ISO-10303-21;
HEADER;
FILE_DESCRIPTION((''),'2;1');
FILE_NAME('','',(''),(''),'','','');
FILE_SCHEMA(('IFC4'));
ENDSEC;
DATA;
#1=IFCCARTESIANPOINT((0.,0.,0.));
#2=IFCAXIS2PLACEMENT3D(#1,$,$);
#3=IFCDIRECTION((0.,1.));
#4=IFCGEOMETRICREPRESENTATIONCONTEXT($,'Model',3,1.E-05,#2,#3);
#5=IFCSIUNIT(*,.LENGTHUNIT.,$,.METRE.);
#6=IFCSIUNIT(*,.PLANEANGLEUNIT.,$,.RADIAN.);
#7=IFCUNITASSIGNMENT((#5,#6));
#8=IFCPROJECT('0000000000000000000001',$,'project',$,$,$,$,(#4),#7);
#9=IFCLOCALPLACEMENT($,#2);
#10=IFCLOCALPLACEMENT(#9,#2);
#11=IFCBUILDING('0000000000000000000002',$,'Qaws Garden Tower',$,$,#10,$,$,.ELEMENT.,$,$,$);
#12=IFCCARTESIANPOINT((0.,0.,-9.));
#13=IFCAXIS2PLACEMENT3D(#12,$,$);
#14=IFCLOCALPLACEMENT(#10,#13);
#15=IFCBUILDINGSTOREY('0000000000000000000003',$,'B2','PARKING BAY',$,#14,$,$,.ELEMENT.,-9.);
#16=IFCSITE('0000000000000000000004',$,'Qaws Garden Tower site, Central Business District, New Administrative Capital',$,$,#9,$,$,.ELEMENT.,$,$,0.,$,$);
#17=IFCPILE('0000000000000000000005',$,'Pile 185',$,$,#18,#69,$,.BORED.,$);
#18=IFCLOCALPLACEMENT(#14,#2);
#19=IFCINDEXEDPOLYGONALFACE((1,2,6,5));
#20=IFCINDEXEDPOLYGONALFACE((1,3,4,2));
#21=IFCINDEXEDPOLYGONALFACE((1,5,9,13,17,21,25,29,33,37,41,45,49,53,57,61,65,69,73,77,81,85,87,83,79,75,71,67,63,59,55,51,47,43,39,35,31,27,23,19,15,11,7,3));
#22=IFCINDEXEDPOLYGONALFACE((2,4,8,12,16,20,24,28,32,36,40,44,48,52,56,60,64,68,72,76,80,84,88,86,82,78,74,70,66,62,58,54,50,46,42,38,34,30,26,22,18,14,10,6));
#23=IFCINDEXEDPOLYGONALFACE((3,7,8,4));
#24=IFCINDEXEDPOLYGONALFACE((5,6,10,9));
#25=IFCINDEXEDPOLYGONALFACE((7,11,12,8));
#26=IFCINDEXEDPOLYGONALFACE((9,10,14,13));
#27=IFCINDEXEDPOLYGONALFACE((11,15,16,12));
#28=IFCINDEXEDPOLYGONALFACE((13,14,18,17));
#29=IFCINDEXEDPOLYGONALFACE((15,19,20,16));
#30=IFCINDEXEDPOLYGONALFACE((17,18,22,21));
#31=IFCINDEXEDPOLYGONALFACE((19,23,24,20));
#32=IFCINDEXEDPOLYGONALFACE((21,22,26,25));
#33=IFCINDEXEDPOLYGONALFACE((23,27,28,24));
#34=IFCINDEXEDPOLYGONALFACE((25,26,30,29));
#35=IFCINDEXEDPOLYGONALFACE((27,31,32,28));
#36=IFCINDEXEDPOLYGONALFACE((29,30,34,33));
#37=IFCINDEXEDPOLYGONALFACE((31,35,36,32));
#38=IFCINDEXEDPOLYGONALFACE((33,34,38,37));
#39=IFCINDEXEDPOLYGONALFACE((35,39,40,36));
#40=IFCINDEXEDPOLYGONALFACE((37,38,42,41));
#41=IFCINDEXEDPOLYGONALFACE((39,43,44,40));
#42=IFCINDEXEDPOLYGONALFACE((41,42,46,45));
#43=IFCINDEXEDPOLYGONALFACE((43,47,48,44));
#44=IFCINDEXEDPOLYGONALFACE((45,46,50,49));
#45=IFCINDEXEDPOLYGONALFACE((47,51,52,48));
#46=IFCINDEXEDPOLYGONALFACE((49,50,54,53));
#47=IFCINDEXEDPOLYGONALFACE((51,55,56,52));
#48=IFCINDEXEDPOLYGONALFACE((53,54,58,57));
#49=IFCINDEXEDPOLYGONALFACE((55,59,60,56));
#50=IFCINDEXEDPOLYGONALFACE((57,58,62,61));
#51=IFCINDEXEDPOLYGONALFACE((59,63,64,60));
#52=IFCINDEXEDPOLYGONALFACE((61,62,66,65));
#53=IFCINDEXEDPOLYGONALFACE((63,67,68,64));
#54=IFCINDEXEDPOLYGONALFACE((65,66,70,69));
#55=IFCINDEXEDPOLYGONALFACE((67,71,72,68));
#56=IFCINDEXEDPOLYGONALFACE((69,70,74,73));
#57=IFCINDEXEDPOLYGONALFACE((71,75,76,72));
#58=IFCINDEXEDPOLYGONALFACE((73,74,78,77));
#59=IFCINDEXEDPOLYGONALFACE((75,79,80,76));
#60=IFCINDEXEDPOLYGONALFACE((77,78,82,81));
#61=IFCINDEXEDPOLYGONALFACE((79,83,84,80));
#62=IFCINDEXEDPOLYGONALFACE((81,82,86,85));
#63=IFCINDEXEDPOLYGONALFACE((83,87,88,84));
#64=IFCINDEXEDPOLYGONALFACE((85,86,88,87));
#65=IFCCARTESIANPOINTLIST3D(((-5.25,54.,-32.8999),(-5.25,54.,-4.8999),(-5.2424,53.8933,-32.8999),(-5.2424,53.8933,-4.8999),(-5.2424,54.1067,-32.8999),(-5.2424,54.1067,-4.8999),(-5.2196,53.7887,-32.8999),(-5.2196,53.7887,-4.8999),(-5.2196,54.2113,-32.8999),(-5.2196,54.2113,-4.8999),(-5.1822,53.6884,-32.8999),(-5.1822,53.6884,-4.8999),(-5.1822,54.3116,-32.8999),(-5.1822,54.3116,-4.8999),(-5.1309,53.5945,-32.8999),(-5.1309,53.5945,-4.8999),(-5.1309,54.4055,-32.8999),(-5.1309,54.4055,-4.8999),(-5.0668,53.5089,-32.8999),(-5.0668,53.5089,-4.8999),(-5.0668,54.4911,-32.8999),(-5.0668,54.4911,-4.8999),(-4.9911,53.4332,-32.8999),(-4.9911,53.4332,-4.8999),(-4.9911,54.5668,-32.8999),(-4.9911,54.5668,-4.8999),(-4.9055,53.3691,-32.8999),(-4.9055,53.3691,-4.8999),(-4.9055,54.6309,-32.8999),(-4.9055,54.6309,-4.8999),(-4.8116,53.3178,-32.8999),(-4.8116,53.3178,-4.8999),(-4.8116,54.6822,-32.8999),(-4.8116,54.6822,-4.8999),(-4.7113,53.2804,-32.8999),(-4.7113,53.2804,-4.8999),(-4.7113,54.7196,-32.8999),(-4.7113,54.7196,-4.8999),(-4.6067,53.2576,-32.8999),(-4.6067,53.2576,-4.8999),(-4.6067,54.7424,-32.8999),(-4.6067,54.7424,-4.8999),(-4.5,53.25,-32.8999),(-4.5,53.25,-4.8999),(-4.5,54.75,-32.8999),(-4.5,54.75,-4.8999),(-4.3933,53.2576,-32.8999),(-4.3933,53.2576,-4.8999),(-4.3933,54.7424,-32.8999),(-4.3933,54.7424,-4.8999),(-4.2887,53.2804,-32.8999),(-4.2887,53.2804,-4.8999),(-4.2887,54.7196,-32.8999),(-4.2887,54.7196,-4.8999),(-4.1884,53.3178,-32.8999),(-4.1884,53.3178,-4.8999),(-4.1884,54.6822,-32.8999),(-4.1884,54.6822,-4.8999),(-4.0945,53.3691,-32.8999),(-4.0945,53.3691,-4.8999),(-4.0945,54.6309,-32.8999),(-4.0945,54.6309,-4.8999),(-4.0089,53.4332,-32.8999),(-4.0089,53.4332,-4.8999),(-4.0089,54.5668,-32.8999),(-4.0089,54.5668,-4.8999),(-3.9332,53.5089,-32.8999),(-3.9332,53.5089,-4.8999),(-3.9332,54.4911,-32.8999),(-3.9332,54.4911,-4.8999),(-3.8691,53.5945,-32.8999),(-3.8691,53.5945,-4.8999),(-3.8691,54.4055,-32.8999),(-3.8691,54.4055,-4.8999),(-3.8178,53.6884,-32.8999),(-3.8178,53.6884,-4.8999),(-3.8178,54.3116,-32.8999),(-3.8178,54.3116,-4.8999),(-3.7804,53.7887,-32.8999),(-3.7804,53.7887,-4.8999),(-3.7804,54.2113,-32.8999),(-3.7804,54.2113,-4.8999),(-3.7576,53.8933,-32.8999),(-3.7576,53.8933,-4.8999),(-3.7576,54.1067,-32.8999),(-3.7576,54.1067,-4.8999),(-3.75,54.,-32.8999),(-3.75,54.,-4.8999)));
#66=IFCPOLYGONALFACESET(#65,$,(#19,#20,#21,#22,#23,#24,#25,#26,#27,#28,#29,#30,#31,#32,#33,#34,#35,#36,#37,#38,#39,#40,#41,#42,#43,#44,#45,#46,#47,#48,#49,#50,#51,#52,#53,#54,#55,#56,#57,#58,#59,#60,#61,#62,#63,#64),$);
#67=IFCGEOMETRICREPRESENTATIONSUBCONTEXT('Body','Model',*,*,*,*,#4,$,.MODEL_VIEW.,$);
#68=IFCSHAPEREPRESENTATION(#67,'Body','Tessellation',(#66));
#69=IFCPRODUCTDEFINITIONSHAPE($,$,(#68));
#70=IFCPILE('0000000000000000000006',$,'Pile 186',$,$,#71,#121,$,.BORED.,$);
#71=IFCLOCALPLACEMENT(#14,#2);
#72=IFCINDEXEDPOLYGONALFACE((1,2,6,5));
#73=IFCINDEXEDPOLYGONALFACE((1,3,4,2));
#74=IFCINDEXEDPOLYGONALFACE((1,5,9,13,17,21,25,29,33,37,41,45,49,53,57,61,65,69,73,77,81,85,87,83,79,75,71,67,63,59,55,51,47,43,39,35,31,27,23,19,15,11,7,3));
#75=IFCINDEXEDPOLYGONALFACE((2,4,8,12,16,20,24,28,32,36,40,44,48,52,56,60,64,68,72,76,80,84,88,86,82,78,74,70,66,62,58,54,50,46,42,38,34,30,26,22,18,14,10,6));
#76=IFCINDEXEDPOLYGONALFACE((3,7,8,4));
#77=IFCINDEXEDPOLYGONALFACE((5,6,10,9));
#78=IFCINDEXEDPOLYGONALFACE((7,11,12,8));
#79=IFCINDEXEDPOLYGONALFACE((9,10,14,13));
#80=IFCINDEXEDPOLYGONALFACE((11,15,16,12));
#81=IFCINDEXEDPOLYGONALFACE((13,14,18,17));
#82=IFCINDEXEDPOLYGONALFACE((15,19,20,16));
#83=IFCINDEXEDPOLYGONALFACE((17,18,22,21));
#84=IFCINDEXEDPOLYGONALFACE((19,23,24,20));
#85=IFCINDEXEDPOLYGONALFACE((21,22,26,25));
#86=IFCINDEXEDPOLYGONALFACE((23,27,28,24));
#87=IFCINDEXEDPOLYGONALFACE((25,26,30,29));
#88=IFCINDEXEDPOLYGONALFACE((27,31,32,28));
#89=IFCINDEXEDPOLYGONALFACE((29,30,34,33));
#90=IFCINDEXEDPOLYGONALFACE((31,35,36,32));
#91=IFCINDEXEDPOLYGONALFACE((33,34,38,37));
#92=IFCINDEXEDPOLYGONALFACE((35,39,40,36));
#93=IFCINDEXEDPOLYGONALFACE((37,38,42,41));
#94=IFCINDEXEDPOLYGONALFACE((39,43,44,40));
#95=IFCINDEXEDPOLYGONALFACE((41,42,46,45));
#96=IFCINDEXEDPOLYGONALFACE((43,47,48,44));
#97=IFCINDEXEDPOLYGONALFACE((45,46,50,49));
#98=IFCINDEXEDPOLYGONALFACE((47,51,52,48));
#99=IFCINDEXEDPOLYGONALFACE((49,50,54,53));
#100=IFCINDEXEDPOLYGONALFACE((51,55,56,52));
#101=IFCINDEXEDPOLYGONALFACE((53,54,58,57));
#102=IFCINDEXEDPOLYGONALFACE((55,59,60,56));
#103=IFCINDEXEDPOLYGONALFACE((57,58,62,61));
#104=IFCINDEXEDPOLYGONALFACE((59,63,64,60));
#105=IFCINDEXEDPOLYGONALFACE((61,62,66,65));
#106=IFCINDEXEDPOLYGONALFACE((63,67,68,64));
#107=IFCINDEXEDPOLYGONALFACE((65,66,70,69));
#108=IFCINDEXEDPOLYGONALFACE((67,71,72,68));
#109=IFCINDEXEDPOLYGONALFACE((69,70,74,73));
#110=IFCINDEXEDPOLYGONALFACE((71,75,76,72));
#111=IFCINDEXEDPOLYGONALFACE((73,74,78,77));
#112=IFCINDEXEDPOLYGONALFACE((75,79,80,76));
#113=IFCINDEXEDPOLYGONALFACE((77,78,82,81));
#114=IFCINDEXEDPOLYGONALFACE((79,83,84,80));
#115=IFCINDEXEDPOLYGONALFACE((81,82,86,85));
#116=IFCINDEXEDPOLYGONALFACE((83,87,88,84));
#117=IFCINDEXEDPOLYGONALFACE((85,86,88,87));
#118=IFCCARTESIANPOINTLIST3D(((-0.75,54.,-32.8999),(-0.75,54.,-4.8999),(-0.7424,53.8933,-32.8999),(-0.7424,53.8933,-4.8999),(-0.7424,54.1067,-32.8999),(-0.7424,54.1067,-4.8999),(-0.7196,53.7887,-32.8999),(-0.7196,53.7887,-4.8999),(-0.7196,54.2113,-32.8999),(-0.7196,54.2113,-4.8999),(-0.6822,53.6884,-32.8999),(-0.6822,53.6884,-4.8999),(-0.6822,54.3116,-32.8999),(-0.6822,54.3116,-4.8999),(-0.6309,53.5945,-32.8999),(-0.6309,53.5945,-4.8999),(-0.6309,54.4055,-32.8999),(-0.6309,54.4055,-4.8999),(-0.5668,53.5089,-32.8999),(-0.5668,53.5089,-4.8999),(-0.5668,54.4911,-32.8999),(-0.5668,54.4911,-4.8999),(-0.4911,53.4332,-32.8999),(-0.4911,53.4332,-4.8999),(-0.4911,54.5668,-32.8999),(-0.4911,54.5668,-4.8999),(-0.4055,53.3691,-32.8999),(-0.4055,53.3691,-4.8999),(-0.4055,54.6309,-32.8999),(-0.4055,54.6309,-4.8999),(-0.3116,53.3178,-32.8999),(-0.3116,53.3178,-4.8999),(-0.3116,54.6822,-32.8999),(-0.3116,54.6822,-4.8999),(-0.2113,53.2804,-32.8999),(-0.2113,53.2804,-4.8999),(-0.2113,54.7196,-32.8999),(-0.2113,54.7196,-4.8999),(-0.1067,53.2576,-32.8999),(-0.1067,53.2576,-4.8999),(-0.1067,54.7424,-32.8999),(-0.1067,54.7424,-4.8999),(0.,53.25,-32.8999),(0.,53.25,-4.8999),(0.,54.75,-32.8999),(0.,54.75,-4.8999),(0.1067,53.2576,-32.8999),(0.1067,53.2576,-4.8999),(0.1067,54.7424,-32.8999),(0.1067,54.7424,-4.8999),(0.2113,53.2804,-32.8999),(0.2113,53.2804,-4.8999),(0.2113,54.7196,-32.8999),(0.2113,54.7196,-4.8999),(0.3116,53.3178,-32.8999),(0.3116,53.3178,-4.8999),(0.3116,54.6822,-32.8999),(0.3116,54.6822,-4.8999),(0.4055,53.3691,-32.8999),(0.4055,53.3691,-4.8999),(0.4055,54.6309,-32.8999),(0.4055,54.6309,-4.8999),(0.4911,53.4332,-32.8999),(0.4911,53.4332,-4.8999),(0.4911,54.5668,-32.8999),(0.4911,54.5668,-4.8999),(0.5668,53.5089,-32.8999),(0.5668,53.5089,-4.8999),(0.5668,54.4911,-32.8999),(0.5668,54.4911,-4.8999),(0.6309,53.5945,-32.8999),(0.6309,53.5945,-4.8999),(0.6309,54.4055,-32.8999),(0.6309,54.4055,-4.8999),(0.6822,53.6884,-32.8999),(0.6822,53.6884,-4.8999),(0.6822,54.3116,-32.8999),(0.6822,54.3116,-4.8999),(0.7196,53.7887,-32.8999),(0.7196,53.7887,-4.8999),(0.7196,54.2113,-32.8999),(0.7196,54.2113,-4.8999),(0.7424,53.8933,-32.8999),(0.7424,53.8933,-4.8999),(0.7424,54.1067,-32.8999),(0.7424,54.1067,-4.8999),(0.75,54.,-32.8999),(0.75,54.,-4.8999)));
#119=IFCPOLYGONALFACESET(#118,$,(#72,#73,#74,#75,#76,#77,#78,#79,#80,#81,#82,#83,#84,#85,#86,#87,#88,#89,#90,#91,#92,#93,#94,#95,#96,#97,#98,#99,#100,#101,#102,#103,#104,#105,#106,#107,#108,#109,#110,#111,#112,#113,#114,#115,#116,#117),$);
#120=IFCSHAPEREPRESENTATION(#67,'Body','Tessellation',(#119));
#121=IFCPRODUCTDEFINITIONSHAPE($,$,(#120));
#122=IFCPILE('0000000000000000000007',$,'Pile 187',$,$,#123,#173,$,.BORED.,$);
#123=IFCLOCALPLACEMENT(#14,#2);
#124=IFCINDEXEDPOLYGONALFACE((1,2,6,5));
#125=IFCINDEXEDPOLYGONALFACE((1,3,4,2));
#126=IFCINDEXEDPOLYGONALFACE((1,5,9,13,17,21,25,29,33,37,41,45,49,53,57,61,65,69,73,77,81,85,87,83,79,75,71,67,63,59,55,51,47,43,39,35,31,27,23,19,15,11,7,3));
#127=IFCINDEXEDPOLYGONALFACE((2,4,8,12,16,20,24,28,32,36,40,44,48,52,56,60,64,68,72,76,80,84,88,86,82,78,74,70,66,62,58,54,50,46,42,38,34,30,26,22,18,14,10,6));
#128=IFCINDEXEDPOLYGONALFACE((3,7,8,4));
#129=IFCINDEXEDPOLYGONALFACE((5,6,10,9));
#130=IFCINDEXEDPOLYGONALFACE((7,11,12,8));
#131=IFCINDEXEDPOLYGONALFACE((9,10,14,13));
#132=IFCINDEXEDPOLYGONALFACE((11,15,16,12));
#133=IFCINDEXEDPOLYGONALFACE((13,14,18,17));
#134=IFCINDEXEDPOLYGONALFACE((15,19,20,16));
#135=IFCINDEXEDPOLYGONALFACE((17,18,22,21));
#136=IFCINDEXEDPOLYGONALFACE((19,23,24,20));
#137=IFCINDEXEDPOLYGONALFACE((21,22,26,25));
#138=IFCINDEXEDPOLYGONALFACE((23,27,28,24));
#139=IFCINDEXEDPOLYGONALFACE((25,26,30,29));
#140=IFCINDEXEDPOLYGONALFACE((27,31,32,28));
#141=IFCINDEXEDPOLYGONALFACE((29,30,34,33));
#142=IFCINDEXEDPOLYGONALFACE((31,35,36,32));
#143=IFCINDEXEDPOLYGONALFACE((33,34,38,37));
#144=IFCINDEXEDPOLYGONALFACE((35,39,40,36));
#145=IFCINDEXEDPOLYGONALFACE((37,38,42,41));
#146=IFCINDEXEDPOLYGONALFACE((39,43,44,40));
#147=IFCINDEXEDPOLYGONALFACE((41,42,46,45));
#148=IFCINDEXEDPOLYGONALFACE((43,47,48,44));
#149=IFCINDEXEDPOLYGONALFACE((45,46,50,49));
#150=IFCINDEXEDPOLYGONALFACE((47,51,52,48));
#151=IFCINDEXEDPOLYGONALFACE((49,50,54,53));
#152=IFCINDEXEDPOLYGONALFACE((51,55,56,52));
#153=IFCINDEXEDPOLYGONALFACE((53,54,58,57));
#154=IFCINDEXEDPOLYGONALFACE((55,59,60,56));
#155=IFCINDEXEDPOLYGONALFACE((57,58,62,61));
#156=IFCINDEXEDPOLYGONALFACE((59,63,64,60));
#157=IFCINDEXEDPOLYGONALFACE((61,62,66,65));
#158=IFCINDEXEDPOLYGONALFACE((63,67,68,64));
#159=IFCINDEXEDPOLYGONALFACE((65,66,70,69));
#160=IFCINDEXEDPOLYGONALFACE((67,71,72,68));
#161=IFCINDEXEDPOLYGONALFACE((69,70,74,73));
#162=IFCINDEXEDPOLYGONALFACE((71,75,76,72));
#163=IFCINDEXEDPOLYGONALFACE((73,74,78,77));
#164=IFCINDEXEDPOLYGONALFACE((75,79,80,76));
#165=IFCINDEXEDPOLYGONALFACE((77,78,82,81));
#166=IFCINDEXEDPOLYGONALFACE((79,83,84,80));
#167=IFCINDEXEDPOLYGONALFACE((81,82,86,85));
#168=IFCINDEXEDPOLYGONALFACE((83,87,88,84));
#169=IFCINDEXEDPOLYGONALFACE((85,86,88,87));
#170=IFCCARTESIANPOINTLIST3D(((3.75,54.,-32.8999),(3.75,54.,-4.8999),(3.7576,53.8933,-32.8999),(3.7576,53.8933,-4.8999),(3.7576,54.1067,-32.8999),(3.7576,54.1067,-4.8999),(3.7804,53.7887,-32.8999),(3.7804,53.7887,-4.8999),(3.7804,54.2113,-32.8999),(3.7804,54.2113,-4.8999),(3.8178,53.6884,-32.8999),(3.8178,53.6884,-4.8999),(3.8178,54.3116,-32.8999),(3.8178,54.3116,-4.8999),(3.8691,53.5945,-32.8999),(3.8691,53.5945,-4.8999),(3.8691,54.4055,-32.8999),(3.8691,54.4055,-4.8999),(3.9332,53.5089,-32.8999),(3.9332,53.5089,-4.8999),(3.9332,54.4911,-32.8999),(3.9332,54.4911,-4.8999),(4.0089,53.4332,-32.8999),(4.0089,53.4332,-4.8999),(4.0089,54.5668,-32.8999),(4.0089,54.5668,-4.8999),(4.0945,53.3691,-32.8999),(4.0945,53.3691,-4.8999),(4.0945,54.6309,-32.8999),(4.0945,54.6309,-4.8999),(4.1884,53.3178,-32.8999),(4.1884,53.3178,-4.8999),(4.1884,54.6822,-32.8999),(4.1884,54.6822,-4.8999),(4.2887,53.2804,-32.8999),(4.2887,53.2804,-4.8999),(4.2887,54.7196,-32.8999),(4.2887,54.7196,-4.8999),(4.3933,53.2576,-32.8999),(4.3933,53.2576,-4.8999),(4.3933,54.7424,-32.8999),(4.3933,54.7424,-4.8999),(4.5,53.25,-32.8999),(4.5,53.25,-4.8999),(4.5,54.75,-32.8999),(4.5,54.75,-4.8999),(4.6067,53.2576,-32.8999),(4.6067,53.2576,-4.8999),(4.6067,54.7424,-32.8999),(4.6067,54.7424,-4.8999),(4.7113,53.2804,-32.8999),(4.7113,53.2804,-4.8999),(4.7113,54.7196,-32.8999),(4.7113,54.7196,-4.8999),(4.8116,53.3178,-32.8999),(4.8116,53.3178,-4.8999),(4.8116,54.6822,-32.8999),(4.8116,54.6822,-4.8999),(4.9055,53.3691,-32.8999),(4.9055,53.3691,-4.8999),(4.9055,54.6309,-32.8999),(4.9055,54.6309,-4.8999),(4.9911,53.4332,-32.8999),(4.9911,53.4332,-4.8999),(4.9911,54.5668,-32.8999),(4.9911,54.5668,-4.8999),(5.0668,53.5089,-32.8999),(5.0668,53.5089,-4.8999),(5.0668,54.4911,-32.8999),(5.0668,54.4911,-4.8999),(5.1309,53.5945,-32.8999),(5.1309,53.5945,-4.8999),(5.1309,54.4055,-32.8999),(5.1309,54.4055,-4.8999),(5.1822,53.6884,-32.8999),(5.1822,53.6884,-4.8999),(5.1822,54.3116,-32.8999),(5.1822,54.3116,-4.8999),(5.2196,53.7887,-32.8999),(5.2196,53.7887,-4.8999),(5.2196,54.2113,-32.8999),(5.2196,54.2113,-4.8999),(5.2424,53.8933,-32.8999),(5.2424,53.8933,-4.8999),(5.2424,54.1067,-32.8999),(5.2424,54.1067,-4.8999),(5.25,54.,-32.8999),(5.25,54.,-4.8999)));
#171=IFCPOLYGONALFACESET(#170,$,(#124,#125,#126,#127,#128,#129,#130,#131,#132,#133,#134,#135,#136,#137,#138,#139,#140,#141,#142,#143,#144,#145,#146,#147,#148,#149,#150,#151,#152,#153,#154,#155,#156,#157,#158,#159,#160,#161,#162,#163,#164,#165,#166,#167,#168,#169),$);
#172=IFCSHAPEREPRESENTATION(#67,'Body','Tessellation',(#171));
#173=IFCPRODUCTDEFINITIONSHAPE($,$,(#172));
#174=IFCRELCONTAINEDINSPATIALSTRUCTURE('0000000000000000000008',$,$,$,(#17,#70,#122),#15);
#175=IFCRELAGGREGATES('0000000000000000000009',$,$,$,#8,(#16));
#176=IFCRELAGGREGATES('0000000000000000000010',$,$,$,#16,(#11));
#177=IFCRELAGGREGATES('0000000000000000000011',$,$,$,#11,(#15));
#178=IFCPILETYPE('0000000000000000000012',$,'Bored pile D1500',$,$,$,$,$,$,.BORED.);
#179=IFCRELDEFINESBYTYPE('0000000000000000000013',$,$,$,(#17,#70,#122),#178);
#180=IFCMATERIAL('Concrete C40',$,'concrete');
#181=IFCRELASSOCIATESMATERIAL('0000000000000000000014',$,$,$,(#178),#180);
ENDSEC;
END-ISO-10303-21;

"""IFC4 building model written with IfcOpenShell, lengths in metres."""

from ifc_helpers import new_model, si_unit, direction, frame, origin, origin_2d, place, context, subcontext, project, spatial, circle, extrude, material, material_profile, profile_set, type_object, element, save


model = new_model("IFC4")

# Units and contexts
model_context = context("Model", 3, precision=1e-05, world=origin(), true_north=direction((0.0, 1.0)))
body_context = subcontext(model_context, "Body", "Model", "MODEL_VIEW")
ifc_project = project(units=[si_unit("LENGTHUNIT", "METRE"), si_unit("PLANEANGLEUNIT", "RADIAN")], contexts=[model_context])

# Site, building, storey
site_placement = place(None, origin())
site = spatial("IfcSite", under=ifc_project, at=site_placement, Name="Qaws Garden Tower site, Central Business District, New Administrative Capital", CompositionType="ELEMENT", RefElevation=0.0)
building_placement = place(site_placement, origin())
building = spatial("IfcBuilding", under=site, at=building_placement, Name="Qaws Garden Tower", CompositionType="ELEMENT")
storey_placement = place(building_placement, frame((0.0, 0.0, -9.0)))
storey = spatial("IfcBuildingStorey", under=building, at=storey_placement, Name="B2", Description="PARKING BAY", CompositionType="ELEMENT", Elevation=-9.0)

# Piles
ifc_material_1 = material(Name="Concrete C40", Category="concrete")
ifc_material_profile_1 = material_profile(ifc_material_1, circle(Radius=0.75, at=origin_2d()), Name="Bored pile D1500")
ifc_profile_set_1 = profile_set([ifc_material_profile_1], Name="Concrete C40")
pile_type = type_object("IfcPileType", Name="Bored pile D1500", PredefinedType="BORED", material=ifc_profile_set_1)
for number, where, z_axis, x_axis, name in (
    (1, (-4.5, 54.0, -4.8999), (0.0, 0.0, -1.0), (1.0, 0.0, 0.0), "Pile 185"),
    (2, (0.0, 54.0, -4.8999), (0.0, 0.0, -1.0), (1.0, 0.0, 0.0), "Pile 186"),
    (3, (4.5, 54.0, -4.8999), (0.0, 0.0, -1.0), (1.0, 0.0, 0.0), "Pile 187"),
):
    element("IfcPile", number, at=place(storey_placement, frame(where, z_axis=z_axis, x_axis=x_axis)), inside=storey, type_object=pile_type, Name=name, PredefinedType="BORED", context=body_context, shape_type="SweptSolid", body=[
        extrude(circle(Radius=0.75, at=origin_2d()), origin(), (0.0, 0.0, 1.0), 28.0),
    ])

save(model, "model.ifc")
